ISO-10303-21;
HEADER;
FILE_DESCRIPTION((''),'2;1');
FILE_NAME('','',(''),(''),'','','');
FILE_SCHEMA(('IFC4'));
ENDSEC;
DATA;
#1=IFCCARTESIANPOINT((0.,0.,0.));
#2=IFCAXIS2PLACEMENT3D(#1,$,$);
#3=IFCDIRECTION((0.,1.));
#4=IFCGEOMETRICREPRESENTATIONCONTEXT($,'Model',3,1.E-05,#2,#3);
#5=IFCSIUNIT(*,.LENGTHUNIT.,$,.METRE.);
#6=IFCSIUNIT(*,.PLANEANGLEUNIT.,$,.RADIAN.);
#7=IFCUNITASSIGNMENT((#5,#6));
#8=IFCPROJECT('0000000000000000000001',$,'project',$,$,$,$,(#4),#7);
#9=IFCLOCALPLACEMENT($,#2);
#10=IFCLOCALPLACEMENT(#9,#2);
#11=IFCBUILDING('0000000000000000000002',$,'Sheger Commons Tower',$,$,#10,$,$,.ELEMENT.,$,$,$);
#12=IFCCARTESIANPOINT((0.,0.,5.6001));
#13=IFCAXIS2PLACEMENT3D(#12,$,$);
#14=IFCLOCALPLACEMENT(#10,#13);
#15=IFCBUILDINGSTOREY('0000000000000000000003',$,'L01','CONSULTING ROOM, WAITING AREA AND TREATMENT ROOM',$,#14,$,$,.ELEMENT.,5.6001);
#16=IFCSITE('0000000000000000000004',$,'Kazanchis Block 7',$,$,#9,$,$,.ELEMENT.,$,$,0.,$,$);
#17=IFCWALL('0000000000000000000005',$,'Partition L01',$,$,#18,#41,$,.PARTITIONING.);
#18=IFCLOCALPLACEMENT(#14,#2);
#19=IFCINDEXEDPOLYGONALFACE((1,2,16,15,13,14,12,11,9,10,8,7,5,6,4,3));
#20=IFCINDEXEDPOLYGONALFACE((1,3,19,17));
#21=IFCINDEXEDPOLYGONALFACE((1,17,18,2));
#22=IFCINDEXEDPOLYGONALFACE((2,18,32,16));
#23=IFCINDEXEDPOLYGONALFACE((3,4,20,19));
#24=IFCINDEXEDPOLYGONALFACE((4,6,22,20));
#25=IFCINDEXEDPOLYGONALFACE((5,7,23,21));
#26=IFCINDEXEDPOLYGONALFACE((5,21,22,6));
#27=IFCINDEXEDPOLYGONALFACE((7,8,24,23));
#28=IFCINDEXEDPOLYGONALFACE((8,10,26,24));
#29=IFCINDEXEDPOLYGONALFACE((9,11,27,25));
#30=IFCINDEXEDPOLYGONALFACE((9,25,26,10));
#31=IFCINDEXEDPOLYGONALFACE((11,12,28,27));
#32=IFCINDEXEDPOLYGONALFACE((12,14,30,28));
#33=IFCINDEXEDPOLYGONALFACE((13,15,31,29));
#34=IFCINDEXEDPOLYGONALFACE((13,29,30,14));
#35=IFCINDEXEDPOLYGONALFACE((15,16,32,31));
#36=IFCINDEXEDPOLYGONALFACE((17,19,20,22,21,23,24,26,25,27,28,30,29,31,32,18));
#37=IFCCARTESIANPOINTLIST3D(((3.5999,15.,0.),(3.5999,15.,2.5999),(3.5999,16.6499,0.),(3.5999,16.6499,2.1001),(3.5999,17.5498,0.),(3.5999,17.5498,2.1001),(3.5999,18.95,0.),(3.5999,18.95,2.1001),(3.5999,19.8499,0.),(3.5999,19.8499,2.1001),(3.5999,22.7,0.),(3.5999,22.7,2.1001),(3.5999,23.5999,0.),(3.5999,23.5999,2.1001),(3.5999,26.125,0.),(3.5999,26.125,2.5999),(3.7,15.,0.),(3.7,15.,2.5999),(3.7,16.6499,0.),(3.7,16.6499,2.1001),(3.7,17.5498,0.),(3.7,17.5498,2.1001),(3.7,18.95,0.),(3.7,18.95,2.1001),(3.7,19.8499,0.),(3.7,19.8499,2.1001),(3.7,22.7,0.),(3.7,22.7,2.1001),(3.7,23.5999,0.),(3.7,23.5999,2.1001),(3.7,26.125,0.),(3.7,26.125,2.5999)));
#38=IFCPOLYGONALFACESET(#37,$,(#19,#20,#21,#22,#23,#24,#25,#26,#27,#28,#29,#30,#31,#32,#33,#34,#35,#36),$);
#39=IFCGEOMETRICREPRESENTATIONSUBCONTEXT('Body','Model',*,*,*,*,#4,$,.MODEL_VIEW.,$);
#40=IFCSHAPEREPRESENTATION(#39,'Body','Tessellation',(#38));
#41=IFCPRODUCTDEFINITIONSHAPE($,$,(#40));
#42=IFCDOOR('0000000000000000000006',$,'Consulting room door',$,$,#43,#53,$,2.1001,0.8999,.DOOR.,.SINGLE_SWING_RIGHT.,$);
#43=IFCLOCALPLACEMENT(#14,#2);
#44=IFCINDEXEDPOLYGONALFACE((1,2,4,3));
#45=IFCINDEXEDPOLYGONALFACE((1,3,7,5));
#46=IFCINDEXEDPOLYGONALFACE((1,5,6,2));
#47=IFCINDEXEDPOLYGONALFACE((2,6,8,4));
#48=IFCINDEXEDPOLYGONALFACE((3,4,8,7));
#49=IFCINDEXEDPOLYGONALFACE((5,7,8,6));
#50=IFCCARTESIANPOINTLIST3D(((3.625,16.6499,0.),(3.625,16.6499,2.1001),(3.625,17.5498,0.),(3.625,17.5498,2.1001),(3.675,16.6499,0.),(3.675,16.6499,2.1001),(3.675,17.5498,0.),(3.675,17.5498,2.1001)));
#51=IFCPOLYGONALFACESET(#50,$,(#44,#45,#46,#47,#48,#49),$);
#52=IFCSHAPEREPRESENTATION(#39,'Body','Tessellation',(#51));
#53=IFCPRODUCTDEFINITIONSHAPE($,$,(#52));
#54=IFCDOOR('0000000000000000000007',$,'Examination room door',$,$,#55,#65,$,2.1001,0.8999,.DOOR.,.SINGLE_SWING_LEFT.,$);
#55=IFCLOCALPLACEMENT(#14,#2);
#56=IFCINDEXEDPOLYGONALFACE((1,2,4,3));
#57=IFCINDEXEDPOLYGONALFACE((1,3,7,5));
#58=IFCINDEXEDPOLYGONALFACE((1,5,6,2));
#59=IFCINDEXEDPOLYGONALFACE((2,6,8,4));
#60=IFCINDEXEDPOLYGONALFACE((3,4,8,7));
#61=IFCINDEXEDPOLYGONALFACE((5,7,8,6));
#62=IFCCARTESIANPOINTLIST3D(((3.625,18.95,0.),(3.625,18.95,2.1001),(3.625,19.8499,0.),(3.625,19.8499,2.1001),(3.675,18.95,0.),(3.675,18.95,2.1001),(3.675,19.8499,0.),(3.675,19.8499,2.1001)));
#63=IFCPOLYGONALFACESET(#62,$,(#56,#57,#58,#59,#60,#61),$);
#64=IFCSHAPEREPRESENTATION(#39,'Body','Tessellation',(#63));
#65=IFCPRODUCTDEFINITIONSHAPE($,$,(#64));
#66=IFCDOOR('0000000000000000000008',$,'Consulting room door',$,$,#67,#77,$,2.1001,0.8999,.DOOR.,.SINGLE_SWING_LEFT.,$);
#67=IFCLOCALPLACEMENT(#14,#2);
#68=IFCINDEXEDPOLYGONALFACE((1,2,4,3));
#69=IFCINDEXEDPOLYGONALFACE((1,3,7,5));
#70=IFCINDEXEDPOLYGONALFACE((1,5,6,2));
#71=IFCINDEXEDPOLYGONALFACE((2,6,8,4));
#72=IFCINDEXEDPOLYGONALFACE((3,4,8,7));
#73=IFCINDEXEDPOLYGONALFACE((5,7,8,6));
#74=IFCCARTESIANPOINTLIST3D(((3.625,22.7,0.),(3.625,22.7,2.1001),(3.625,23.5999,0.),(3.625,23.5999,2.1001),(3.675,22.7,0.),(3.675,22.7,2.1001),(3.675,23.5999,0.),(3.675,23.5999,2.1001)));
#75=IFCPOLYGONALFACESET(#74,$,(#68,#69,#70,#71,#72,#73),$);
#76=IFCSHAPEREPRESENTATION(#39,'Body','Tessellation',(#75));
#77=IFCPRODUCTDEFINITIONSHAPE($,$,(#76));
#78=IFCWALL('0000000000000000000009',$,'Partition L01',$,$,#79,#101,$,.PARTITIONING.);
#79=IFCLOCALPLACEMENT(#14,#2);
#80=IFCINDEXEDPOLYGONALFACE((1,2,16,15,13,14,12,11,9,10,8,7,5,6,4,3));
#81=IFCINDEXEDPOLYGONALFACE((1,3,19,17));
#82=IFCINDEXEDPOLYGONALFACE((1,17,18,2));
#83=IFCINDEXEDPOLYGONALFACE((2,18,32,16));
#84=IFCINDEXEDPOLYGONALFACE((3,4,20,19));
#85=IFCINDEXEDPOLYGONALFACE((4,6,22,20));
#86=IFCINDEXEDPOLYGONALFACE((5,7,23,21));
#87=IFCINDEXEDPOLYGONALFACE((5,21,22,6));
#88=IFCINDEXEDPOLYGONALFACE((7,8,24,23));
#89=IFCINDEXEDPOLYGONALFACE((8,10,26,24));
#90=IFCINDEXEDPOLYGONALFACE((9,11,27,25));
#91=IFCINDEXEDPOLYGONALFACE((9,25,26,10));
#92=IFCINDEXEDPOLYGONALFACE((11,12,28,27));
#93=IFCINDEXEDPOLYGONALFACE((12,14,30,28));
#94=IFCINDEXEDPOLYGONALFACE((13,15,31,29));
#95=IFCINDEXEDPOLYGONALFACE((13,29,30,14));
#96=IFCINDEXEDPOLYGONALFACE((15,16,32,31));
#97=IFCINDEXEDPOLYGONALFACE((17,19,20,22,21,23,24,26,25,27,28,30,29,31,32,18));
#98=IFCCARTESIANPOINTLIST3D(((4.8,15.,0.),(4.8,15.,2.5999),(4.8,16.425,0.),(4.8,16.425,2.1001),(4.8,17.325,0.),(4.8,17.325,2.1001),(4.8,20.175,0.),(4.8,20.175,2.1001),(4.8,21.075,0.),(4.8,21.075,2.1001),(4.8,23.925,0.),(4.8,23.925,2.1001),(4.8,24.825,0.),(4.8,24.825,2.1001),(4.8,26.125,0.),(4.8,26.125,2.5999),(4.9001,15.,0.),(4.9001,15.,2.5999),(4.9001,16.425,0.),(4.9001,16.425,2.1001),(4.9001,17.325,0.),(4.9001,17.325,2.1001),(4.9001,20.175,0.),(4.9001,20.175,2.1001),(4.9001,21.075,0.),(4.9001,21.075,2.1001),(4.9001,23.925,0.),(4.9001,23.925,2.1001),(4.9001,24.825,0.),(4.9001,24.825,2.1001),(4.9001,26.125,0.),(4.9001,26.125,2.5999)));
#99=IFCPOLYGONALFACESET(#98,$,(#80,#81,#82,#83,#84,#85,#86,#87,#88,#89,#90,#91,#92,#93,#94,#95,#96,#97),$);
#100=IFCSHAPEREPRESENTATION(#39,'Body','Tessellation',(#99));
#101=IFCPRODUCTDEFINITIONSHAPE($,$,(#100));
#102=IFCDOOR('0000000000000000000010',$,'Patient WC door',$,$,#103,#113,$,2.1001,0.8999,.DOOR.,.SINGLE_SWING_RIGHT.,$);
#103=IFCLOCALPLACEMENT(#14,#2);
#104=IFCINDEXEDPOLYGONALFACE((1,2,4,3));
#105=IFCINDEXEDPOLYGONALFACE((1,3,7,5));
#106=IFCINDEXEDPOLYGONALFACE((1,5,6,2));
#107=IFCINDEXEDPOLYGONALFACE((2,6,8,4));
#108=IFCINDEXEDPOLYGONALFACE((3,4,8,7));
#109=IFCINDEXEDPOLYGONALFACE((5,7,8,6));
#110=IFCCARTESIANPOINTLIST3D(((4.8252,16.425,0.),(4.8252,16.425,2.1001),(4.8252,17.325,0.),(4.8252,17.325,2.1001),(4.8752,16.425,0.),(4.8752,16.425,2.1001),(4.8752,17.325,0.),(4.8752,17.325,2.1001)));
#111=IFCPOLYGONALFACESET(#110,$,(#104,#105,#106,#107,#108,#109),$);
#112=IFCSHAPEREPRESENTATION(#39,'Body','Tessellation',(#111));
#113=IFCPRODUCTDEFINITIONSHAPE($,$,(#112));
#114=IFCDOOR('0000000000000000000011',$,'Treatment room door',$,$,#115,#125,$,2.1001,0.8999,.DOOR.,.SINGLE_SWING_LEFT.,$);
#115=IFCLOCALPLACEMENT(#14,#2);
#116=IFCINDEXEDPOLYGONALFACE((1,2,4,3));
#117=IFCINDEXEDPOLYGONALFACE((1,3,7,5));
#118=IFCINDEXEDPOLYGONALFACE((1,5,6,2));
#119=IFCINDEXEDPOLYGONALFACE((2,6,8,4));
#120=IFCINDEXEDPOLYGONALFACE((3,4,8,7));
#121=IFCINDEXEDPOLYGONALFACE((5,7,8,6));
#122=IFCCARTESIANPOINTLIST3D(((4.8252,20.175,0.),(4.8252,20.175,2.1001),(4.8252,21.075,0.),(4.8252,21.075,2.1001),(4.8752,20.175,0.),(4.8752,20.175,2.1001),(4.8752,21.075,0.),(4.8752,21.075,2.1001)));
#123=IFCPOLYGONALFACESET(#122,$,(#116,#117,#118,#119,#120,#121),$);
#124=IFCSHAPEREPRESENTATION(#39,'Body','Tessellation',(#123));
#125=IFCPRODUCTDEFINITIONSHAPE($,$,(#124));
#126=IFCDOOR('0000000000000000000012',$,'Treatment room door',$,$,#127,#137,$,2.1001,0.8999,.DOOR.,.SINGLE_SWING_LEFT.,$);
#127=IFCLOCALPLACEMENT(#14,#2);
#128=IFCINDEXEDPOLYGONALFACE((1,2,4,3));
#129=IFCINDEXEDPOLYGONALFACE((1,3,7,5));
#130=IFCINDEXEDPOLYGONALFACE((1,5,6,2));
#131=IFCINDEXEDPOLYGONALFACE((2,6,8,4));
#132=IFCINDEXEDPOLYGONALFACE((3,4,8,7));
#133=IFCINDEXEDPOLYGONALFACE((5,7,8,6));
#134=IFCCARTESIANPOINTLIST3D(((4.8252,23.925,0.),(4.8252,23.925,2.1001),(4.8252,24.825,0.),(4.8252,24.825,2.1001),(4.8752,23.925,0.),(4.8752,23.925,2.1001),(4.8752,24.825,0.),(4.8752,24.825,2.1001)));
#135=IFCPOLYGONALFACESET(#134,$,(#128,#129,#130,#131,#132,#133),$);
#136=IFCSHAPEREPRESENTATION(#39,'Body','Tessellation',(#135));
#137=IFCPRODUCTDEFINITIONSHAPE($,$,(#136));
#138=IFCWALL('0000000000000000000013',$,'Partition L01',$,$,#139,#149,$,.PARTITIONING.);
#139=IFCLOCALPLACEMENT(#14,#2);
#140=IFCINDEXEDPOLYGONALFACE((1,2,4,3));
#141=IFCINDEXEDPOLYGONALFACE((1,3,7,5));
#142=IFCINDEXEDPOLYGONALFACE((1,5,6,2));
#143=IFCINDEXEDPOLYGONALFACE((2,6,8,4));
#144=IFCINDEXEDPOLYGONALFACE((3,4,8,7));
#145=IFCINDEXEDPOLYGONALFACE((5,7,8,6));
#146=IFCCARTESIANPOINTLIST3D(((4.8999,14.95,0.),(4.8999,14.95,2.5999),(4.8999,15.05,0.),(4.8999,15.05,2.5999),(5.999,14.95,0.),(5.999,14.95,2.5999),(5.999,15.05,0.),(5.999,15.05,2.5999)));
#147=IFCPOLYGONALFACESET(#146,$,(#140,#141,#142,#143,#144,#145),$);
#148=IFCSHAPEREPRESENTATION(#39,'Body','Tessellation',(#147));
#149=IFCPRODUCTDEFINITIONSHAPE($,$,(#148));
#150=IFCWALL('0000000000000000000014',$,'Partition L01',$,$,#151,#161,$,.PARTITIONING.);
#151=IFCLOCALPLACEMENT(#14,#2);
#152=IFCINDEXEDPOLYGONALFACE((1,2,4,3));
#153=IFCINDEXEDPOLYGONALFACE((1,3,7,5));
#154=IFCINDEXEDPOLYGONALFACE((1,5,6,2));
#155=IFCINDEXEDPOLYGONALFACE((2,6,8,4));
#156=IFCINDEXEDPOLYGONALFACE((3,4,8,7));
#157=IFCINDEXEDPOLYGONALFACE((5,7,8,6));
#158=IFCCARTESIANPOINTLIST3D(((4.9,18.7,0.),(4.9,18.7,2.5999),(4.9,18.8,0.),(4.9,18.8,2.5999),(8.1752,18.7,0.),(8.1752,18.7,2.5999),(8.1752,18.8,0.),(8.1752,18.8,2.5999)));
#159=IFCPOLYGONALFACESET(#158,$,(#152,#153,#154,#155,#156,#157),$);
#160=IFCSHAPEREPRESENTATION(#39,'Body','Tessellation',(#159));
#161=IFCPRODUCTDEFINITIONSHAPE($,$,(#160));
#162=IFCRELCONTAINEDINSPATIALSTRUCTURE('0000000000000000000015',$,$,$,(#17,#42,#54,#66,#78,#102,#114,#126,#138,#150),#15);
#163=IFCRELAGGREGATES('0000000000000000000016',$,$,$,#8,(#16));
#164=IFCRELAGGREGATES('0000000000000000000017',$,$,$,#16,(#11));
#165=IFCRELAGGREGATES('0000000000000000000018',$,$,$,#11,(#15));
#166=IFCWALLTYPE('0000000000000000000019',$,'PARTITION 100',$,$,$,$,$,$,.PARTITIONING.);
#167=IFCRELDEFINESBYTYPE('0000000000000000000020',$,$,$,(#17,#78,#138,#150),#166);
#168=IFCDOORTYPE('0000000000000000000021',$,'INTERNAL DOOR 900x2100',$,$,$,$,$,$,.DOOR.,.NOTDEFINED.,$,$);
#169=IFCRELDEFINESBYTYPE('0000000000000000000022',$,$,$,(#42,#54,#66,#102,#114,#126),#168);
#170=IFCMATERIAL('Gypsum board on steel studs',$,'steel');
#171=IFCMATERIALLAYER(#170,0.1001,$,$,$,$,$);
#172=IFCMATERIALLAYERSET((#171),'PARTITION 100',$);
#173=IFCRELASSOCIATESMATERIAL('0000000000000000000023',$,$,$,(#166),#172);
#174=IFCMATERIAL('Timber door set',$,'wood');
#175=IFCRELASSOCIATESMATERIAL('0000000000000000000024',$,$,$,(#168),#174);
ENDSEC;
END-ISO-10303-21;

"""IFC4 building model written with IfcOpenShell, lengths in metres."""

from ifc_helpers import new_model, si_unit, direction, frame, frame_2d, origin, place, context, subcontext, project, spatial, rectangle, extrude, material, layer, layer_set, type_object, element, fill, save


model = new_model("IFC4")

# Units and contexts
model_context = context("Model", 3, precision=1e-05, world=origin(), true_north=direction((0.0, 1.0)))
body_context = subcontext(model_context, "Body", "Model", "MODEL_VIEW")
ifc_project = project(units=[si_unit("LENGTHUNIT", "METRE"), si_unit("PLANEANGLEUNIT", "RADIAN")], contexts=[model_context])

# Site, building, storey
site_placement = place(None, origin())
site = spatial("IfcSite", under=ifc_project, at=site_placement, Name="Kazanchis Block 7", CompositionType="ELEMENT", RefElevation=0.0)
building_placement = place(site_placement, origin())
building = spatial("IfcBuilding", under=site, at=building_placement, Name="Sheger Commons Tower", CompositionType="ELEMENT")
storey_placement = place(building_placement, frame((0.0, 0.0, 5.6001)))
storey = spatial("IfcBuildingStorey", under=building, at=storey_placement, Name="L01", Description="CONSULTING ROOM, WAITING AREA AND TREATMENT ROOM", CompositionType="ELEMENT", Elevation=5.6001)

# Walls, openings, doors
ifc_material_1 = material(Name="Gypsum board on steel studs", Category="steel")
ifc_layer_1 = layer(ifc_material_1, 0.1001)
ifc_layer_set_1 = layer_set([ifc_layer_1], Name="PARTITION 100")
wall_type_1 = type_object("IfcWallType", Name="PARTITION 100", PredefinedType="PARTITIONING", material=ifc_layer_set_1)
wall_1_placement = place(storey_placement, frame((3.6499, 15.0, 0.0), z_axis=(0.0, 0.0, 1.0), x_axis=(0.0, 1.0, 0.0)))
wall_1 = element("IfcWall", 1, at=wall_1_placement, inside=storey, type_object=wall_type_1, Name="Partition L01", PredefinedType="PARTITIONING", context=body_context, shape_type="SweptSolid", body=[
    extrude(rectangle(XDim=11.125, YDim=0.1001, at=frame_2d((5.5625, 0.0))), origin(), (0.0, 0.0, 1.0), 2.5999),
])
opening_1_placement = place(wall_1_placement, frame((1.6499, 0.0, 0.0)))
opening_1 = element("IfcOpeningElement", 2, at=opening_1_placement, cuts=wall_1, PredefinedType="OPENING", context=body_context, shape_type="SweptSolid", body=[
    extrude(rectangle(XDim=0.8999, YDim=2.1001, at=frame_2d((0.45, 1.05))), frame((0.0, 0.0601, 0.0), z_axis=(0.0, -1.0, 0.0), x_axis=(1.0, 0.0, 0.0)), (0.0, 0.0, 1.0), 0.1201),
])
opening_2_placement = place(wall_1_placement, frame((3.95, 0.0, 0.0)))
opening_2 = element("IfcOpeningElement", 3, at=opening_2_placement, cuts=wall_1, PredefinedType="OPENING", context=body_context, shape_type="SweptSolid", body=[
    extrude(rectangle(XDim=0.8999, YDim=2.1001, at=frame_2d((0.45, 1.05))), frame((0.0, 0.0601, 0.0), z_axis=(0.0, -1.0, 0.0), x_axis=(1.0, 0.0, 0.0)), (0.0, 0.0, 1.0), 0.1201),
])
opening_3_placement = place(wall_1_placement, frame((7.7, 0.0, 0.0)))
opening_3 = element("IfcOpeningElement", 4, at=opening_3_placement, cuts=wall_1, PredefinedType="OPENING", context=body_context, shape_type="SweptSolid", body=[
    extrude(rectangle(XDim=0.8999, YDim=2.1001, at=frame_2d((0.45, 1.05))), frame((0.0, 0.0601, 0.0), z_axis=(0.0, -1.0, 0.0), x_axis=(1.0, 0.0, 0.0)), (0.0, 0.0, 1.0), 0.1201),
])
ifc_material_2 = material(Name="Timber door set", Category="wood")
door_type_1 = type_object("IfcDoorType", Name="INTERNAL DOOR 900x2100", OperationType="NOTDEFINED", PredefinedType="DOOR", material=ifc_material_2)
door_1_placement = place(opening_1_placement, origin())
door_1 = element("IfcDoor", 5, at=door_1_placement, inside=storey, type_object=door_type_1, Name="Consulting room door", OperationType="SINGLE_SWING_RIGHT", OverallHeight=2.1001, OverallWidth=0.8999, PredefinedType="DOOR", context=body_context, shape_type="SweptSolid", body=[
    extrude(rectangle(XDim=0.8999, YDim=2.1001, at=frame_2d((0.45, 1.05))), frame((0.0, 0.0249, 0.0), z_axis=(0.0, -1.0, 0.0), x_axis=(1.0, 0.0, 0.0)), (0.0, 0.0, 1.0), 0.05),
])
fill(opening_1, door_1)
door_2_placement = place(opening_2_placement, origin())
door_2 = element("IfcDoor", 6, at=door_2_placement, inside=storey, type_object=door_type_1, Name="Examination room door", OperationType="SINGLE_SWING_LEFT", OverallHeight=2.1001, OverallWidth=0.8999, PredefinedType="DOOR", context=body_context, shape_type="SweptSolid", body=[
    extrude(rectangle(XDim=0.8999, YDim=2.1001, at=frame_2d((0.45, 1.05))), frame((0.0, 0.0249, 0.0), z_axis=(0.0, -1.0, 0.0), x_axis=(1.0, 0.0, 0.0)), (0.0, 0.0, 1.0), 0.05),
])
fill(opening_2, door_2)
door_3_placement = place(opening_3_placement, origin())
door_3 = element("IfcDoor", 7, at=door_3_placement, inside=storey, type_object=door_type_1, Name="Consulting room door", OperationType="SINGLE_SWING_LEFT", OverallHeight=2.1001, OverallWidth=0.8999, PredefinedType="DOOR", context=body_context, shape_type="SweptSolid", body=[
    extrude(rectangle(XDim=0.8999, YDim=2.1001, at=frame_2d((0.45, 1.05))), frame((0.0, 0.0249, 0.0), z_axis=(0.0, -1.0, 0.0), x_axis=(1.0, 0.0, 0.0)), (0.0, 0.0, 1.0), 0.05),
])
fill(opening_3, door_3)
wall_2_placement = place(storey_placement, frame((4.8501, 15.0, 0.0), z_axis=(0.0, 0.0, 1.0), x_axis=(0.0, 1.0, 0.0)))
wall_2 = element("IfcWall", 8, at=wall_2_placement, inside=storey, type_object=wall_type_1, Name="Partition L01", PredefinedType="PARTITIONING", context=body_context, shape_type="SweptSolid", body=[
    extrude(rectangle(XDim=11.125, YDim=0.1001, at=frame_2d((5.5625, 0.0))), origin(), (0.0, 0.0, 1.0), 2.5999),
])
opening_4_placement = place(wall_2_placement, frame((1.425, 0.0, 0.0)))
opening_4 = element("IfcOpeningElement", 9, at=opening_4_placement, cuts=wall_2, PredefinedType="OPENING", context=body_context, shape_type="SweptSolid", body=[
    extrude(rectangle(XDim=0.8999, YDim=2.1001, at=frame_2d((0.45, 1.05))), frame((0.0, 0.0601, 0.0), z_axis=(0.0, -1.0, 0.0), x_axis=(1.0, 0.0, 0.0)), (0.0, 0.0, 1.0), 0.1201),
])
opening_5_placement = place(wall_2_placement, frame((5.175, 0.0, 0.0)))
opening_5 = element("IfcOpeningElement", 10, at=opening_5_placement, cuts=wall_2, PredefinedType="OPENING", context=body_context, shape_type="SweptSolid", body=[
    extrude(rectangle(XDim=0.8999, YDim=2.1001, at=frame_2d((0.45, 1.05))), frame((0.0, 0.0601, 0.0), z_axis=(0.0, -1.0, 0.0), x_axis=(1.0, 0.0, 0.0)), (0.0, 0.0, 1.0), 0.1201),
])
opening_6_placement = place(wall_2_placement, frame((8.925, 0.0, 0.0)))
opening_6 = element("IfcOpeningElement", 11, at=opening_6_placement, cuts=wall_2, PredefinedType="OPENING", context=body_context, shape_type="SweptSolid", body=[
    extrude(rectangle(XDim=0.8999, YDim=2.1001, at=frame_2d((0.45, 1.05))), frame((0.0, 0.0601, 0.0), z_axis=(0.0, -1.0, 0.0), x_axis=(1.0, 0.0, 0.0)), (0.0, 0.0, 1.0), 0.1201),
])
door_4_placement = place(opening_4_placement, origin())
door_4 = element("IfcDoor", 12, at=door_4_placement, inside=storey, type_object=door_type_1, Name="Patient WC door", OperationType="SINGLE_SWING_RIGHT", OverallHeight=2.1001, OverallWidth=0.8999, PredefinedType="DOOR", context=body_context, shape_type="SweptSolid", body=[
    extrude(rectangle(XDim=0.8999, YDim=2.1001, at=frame_2d((0.45, 1.05))), frame((0.0, 0.0249, 0.0), z_axis=(0.0, -1.0, 0.0), x_axis=(1.0, 0.0, 0.0)), (0.0, 0.0, 1.0), 0.05),
])
fill(opening_4, door_4)
door_5_placement = place(opening_5_placement, origin())
door_5 = element("IfcDoor", 13, at=door_5_placement, inside=storey, type_object=door_type_1, Name="Treatment room door", OperationType="SINGLE_SWING_LEFT", OverallHeight=2.1001, OverallWidth=0.8999, PredefinedType="DOOR", context=body_context, shape_type="SweptSolid", body=[
    extrude(rectangle(XDim=0.8999, YDim=2.1001, at=frame_2d((0.45, 1.05))), frame((0.0, 0.0249, 0.0), z_axis=(0.0, -1.0, 0.0), x_axis=(1.0, 0.0, 0.0)), (0.0, 0.0, 1.0), 0.05),
])
fill(opening_5, door_5)
door_6_placement = place(opening_6_placement, origin())
door_6 = element("IfcDoor", 14, at=door_6_placement, inside=storey, type_object=door_type_1, Name="Treatment room door", OperationType="SINGLE_SWING_LEFT", OverallHeight=2.1001, OverallWidth=0.8999, PredefinedType="DOOR", context=body_context, shape_type="SweptSolid", body=[
    extrude(rectangle(XDim=0.8999, YDim=2.1001, at=frame_2d((0.45, 1.05))), frame((0.0, 0.0249, 0.0), z_axis=(0.0, -1.0, 0.0), x_axis=(1.0, 0.0, 0.0)), (0.0, 0.0, 1.0), 0.05),
])
fill(opening_6, door_6)

# Walls
wall_3_placement = place(storey_placement, frame((4.8999, 15.0, 0.0), z_axis=(0.0, 0.0, 1.0), x_axis=(1.0, 0.0, 0.0)))
element("IfcWall", 15, at=wall_3_placement, inside=storey, type_object=wall_type_1, Name="Partition L01", PredefinedType="PARTITIONING", context=body_context, shape_type="SweptSolid", body=[
    extrude(rectangle(XDim=1.0991, YDim=0.1001, at=frame_2d((0.5496, 0.0))), origin(), (0.0, 0.0, 1.0), 2.5999),
])
wall_4_placement = place(storey_placement, frame((4.8999, 18.75, 0.0), z_axis=(0.0, 0.0, 1.0), x_axis=(1.0, 0.0, 0.0)))
element("IfcWall", 16, at=wall_4_placement, inside=storey, type_object=wall_type_1, Name="Partition L01", PredefinedType="PARTITIONING", context=body_context, shape_type="SweptSolid", body=[
    extrude(rectangle(XDim=3.2751, YDim=0.1001, at=frame_2d((1.6377, 0.0))), origin(), (0.0, 0.0, 1.0), 2.5999),
])

save(model, "model.ifc")
